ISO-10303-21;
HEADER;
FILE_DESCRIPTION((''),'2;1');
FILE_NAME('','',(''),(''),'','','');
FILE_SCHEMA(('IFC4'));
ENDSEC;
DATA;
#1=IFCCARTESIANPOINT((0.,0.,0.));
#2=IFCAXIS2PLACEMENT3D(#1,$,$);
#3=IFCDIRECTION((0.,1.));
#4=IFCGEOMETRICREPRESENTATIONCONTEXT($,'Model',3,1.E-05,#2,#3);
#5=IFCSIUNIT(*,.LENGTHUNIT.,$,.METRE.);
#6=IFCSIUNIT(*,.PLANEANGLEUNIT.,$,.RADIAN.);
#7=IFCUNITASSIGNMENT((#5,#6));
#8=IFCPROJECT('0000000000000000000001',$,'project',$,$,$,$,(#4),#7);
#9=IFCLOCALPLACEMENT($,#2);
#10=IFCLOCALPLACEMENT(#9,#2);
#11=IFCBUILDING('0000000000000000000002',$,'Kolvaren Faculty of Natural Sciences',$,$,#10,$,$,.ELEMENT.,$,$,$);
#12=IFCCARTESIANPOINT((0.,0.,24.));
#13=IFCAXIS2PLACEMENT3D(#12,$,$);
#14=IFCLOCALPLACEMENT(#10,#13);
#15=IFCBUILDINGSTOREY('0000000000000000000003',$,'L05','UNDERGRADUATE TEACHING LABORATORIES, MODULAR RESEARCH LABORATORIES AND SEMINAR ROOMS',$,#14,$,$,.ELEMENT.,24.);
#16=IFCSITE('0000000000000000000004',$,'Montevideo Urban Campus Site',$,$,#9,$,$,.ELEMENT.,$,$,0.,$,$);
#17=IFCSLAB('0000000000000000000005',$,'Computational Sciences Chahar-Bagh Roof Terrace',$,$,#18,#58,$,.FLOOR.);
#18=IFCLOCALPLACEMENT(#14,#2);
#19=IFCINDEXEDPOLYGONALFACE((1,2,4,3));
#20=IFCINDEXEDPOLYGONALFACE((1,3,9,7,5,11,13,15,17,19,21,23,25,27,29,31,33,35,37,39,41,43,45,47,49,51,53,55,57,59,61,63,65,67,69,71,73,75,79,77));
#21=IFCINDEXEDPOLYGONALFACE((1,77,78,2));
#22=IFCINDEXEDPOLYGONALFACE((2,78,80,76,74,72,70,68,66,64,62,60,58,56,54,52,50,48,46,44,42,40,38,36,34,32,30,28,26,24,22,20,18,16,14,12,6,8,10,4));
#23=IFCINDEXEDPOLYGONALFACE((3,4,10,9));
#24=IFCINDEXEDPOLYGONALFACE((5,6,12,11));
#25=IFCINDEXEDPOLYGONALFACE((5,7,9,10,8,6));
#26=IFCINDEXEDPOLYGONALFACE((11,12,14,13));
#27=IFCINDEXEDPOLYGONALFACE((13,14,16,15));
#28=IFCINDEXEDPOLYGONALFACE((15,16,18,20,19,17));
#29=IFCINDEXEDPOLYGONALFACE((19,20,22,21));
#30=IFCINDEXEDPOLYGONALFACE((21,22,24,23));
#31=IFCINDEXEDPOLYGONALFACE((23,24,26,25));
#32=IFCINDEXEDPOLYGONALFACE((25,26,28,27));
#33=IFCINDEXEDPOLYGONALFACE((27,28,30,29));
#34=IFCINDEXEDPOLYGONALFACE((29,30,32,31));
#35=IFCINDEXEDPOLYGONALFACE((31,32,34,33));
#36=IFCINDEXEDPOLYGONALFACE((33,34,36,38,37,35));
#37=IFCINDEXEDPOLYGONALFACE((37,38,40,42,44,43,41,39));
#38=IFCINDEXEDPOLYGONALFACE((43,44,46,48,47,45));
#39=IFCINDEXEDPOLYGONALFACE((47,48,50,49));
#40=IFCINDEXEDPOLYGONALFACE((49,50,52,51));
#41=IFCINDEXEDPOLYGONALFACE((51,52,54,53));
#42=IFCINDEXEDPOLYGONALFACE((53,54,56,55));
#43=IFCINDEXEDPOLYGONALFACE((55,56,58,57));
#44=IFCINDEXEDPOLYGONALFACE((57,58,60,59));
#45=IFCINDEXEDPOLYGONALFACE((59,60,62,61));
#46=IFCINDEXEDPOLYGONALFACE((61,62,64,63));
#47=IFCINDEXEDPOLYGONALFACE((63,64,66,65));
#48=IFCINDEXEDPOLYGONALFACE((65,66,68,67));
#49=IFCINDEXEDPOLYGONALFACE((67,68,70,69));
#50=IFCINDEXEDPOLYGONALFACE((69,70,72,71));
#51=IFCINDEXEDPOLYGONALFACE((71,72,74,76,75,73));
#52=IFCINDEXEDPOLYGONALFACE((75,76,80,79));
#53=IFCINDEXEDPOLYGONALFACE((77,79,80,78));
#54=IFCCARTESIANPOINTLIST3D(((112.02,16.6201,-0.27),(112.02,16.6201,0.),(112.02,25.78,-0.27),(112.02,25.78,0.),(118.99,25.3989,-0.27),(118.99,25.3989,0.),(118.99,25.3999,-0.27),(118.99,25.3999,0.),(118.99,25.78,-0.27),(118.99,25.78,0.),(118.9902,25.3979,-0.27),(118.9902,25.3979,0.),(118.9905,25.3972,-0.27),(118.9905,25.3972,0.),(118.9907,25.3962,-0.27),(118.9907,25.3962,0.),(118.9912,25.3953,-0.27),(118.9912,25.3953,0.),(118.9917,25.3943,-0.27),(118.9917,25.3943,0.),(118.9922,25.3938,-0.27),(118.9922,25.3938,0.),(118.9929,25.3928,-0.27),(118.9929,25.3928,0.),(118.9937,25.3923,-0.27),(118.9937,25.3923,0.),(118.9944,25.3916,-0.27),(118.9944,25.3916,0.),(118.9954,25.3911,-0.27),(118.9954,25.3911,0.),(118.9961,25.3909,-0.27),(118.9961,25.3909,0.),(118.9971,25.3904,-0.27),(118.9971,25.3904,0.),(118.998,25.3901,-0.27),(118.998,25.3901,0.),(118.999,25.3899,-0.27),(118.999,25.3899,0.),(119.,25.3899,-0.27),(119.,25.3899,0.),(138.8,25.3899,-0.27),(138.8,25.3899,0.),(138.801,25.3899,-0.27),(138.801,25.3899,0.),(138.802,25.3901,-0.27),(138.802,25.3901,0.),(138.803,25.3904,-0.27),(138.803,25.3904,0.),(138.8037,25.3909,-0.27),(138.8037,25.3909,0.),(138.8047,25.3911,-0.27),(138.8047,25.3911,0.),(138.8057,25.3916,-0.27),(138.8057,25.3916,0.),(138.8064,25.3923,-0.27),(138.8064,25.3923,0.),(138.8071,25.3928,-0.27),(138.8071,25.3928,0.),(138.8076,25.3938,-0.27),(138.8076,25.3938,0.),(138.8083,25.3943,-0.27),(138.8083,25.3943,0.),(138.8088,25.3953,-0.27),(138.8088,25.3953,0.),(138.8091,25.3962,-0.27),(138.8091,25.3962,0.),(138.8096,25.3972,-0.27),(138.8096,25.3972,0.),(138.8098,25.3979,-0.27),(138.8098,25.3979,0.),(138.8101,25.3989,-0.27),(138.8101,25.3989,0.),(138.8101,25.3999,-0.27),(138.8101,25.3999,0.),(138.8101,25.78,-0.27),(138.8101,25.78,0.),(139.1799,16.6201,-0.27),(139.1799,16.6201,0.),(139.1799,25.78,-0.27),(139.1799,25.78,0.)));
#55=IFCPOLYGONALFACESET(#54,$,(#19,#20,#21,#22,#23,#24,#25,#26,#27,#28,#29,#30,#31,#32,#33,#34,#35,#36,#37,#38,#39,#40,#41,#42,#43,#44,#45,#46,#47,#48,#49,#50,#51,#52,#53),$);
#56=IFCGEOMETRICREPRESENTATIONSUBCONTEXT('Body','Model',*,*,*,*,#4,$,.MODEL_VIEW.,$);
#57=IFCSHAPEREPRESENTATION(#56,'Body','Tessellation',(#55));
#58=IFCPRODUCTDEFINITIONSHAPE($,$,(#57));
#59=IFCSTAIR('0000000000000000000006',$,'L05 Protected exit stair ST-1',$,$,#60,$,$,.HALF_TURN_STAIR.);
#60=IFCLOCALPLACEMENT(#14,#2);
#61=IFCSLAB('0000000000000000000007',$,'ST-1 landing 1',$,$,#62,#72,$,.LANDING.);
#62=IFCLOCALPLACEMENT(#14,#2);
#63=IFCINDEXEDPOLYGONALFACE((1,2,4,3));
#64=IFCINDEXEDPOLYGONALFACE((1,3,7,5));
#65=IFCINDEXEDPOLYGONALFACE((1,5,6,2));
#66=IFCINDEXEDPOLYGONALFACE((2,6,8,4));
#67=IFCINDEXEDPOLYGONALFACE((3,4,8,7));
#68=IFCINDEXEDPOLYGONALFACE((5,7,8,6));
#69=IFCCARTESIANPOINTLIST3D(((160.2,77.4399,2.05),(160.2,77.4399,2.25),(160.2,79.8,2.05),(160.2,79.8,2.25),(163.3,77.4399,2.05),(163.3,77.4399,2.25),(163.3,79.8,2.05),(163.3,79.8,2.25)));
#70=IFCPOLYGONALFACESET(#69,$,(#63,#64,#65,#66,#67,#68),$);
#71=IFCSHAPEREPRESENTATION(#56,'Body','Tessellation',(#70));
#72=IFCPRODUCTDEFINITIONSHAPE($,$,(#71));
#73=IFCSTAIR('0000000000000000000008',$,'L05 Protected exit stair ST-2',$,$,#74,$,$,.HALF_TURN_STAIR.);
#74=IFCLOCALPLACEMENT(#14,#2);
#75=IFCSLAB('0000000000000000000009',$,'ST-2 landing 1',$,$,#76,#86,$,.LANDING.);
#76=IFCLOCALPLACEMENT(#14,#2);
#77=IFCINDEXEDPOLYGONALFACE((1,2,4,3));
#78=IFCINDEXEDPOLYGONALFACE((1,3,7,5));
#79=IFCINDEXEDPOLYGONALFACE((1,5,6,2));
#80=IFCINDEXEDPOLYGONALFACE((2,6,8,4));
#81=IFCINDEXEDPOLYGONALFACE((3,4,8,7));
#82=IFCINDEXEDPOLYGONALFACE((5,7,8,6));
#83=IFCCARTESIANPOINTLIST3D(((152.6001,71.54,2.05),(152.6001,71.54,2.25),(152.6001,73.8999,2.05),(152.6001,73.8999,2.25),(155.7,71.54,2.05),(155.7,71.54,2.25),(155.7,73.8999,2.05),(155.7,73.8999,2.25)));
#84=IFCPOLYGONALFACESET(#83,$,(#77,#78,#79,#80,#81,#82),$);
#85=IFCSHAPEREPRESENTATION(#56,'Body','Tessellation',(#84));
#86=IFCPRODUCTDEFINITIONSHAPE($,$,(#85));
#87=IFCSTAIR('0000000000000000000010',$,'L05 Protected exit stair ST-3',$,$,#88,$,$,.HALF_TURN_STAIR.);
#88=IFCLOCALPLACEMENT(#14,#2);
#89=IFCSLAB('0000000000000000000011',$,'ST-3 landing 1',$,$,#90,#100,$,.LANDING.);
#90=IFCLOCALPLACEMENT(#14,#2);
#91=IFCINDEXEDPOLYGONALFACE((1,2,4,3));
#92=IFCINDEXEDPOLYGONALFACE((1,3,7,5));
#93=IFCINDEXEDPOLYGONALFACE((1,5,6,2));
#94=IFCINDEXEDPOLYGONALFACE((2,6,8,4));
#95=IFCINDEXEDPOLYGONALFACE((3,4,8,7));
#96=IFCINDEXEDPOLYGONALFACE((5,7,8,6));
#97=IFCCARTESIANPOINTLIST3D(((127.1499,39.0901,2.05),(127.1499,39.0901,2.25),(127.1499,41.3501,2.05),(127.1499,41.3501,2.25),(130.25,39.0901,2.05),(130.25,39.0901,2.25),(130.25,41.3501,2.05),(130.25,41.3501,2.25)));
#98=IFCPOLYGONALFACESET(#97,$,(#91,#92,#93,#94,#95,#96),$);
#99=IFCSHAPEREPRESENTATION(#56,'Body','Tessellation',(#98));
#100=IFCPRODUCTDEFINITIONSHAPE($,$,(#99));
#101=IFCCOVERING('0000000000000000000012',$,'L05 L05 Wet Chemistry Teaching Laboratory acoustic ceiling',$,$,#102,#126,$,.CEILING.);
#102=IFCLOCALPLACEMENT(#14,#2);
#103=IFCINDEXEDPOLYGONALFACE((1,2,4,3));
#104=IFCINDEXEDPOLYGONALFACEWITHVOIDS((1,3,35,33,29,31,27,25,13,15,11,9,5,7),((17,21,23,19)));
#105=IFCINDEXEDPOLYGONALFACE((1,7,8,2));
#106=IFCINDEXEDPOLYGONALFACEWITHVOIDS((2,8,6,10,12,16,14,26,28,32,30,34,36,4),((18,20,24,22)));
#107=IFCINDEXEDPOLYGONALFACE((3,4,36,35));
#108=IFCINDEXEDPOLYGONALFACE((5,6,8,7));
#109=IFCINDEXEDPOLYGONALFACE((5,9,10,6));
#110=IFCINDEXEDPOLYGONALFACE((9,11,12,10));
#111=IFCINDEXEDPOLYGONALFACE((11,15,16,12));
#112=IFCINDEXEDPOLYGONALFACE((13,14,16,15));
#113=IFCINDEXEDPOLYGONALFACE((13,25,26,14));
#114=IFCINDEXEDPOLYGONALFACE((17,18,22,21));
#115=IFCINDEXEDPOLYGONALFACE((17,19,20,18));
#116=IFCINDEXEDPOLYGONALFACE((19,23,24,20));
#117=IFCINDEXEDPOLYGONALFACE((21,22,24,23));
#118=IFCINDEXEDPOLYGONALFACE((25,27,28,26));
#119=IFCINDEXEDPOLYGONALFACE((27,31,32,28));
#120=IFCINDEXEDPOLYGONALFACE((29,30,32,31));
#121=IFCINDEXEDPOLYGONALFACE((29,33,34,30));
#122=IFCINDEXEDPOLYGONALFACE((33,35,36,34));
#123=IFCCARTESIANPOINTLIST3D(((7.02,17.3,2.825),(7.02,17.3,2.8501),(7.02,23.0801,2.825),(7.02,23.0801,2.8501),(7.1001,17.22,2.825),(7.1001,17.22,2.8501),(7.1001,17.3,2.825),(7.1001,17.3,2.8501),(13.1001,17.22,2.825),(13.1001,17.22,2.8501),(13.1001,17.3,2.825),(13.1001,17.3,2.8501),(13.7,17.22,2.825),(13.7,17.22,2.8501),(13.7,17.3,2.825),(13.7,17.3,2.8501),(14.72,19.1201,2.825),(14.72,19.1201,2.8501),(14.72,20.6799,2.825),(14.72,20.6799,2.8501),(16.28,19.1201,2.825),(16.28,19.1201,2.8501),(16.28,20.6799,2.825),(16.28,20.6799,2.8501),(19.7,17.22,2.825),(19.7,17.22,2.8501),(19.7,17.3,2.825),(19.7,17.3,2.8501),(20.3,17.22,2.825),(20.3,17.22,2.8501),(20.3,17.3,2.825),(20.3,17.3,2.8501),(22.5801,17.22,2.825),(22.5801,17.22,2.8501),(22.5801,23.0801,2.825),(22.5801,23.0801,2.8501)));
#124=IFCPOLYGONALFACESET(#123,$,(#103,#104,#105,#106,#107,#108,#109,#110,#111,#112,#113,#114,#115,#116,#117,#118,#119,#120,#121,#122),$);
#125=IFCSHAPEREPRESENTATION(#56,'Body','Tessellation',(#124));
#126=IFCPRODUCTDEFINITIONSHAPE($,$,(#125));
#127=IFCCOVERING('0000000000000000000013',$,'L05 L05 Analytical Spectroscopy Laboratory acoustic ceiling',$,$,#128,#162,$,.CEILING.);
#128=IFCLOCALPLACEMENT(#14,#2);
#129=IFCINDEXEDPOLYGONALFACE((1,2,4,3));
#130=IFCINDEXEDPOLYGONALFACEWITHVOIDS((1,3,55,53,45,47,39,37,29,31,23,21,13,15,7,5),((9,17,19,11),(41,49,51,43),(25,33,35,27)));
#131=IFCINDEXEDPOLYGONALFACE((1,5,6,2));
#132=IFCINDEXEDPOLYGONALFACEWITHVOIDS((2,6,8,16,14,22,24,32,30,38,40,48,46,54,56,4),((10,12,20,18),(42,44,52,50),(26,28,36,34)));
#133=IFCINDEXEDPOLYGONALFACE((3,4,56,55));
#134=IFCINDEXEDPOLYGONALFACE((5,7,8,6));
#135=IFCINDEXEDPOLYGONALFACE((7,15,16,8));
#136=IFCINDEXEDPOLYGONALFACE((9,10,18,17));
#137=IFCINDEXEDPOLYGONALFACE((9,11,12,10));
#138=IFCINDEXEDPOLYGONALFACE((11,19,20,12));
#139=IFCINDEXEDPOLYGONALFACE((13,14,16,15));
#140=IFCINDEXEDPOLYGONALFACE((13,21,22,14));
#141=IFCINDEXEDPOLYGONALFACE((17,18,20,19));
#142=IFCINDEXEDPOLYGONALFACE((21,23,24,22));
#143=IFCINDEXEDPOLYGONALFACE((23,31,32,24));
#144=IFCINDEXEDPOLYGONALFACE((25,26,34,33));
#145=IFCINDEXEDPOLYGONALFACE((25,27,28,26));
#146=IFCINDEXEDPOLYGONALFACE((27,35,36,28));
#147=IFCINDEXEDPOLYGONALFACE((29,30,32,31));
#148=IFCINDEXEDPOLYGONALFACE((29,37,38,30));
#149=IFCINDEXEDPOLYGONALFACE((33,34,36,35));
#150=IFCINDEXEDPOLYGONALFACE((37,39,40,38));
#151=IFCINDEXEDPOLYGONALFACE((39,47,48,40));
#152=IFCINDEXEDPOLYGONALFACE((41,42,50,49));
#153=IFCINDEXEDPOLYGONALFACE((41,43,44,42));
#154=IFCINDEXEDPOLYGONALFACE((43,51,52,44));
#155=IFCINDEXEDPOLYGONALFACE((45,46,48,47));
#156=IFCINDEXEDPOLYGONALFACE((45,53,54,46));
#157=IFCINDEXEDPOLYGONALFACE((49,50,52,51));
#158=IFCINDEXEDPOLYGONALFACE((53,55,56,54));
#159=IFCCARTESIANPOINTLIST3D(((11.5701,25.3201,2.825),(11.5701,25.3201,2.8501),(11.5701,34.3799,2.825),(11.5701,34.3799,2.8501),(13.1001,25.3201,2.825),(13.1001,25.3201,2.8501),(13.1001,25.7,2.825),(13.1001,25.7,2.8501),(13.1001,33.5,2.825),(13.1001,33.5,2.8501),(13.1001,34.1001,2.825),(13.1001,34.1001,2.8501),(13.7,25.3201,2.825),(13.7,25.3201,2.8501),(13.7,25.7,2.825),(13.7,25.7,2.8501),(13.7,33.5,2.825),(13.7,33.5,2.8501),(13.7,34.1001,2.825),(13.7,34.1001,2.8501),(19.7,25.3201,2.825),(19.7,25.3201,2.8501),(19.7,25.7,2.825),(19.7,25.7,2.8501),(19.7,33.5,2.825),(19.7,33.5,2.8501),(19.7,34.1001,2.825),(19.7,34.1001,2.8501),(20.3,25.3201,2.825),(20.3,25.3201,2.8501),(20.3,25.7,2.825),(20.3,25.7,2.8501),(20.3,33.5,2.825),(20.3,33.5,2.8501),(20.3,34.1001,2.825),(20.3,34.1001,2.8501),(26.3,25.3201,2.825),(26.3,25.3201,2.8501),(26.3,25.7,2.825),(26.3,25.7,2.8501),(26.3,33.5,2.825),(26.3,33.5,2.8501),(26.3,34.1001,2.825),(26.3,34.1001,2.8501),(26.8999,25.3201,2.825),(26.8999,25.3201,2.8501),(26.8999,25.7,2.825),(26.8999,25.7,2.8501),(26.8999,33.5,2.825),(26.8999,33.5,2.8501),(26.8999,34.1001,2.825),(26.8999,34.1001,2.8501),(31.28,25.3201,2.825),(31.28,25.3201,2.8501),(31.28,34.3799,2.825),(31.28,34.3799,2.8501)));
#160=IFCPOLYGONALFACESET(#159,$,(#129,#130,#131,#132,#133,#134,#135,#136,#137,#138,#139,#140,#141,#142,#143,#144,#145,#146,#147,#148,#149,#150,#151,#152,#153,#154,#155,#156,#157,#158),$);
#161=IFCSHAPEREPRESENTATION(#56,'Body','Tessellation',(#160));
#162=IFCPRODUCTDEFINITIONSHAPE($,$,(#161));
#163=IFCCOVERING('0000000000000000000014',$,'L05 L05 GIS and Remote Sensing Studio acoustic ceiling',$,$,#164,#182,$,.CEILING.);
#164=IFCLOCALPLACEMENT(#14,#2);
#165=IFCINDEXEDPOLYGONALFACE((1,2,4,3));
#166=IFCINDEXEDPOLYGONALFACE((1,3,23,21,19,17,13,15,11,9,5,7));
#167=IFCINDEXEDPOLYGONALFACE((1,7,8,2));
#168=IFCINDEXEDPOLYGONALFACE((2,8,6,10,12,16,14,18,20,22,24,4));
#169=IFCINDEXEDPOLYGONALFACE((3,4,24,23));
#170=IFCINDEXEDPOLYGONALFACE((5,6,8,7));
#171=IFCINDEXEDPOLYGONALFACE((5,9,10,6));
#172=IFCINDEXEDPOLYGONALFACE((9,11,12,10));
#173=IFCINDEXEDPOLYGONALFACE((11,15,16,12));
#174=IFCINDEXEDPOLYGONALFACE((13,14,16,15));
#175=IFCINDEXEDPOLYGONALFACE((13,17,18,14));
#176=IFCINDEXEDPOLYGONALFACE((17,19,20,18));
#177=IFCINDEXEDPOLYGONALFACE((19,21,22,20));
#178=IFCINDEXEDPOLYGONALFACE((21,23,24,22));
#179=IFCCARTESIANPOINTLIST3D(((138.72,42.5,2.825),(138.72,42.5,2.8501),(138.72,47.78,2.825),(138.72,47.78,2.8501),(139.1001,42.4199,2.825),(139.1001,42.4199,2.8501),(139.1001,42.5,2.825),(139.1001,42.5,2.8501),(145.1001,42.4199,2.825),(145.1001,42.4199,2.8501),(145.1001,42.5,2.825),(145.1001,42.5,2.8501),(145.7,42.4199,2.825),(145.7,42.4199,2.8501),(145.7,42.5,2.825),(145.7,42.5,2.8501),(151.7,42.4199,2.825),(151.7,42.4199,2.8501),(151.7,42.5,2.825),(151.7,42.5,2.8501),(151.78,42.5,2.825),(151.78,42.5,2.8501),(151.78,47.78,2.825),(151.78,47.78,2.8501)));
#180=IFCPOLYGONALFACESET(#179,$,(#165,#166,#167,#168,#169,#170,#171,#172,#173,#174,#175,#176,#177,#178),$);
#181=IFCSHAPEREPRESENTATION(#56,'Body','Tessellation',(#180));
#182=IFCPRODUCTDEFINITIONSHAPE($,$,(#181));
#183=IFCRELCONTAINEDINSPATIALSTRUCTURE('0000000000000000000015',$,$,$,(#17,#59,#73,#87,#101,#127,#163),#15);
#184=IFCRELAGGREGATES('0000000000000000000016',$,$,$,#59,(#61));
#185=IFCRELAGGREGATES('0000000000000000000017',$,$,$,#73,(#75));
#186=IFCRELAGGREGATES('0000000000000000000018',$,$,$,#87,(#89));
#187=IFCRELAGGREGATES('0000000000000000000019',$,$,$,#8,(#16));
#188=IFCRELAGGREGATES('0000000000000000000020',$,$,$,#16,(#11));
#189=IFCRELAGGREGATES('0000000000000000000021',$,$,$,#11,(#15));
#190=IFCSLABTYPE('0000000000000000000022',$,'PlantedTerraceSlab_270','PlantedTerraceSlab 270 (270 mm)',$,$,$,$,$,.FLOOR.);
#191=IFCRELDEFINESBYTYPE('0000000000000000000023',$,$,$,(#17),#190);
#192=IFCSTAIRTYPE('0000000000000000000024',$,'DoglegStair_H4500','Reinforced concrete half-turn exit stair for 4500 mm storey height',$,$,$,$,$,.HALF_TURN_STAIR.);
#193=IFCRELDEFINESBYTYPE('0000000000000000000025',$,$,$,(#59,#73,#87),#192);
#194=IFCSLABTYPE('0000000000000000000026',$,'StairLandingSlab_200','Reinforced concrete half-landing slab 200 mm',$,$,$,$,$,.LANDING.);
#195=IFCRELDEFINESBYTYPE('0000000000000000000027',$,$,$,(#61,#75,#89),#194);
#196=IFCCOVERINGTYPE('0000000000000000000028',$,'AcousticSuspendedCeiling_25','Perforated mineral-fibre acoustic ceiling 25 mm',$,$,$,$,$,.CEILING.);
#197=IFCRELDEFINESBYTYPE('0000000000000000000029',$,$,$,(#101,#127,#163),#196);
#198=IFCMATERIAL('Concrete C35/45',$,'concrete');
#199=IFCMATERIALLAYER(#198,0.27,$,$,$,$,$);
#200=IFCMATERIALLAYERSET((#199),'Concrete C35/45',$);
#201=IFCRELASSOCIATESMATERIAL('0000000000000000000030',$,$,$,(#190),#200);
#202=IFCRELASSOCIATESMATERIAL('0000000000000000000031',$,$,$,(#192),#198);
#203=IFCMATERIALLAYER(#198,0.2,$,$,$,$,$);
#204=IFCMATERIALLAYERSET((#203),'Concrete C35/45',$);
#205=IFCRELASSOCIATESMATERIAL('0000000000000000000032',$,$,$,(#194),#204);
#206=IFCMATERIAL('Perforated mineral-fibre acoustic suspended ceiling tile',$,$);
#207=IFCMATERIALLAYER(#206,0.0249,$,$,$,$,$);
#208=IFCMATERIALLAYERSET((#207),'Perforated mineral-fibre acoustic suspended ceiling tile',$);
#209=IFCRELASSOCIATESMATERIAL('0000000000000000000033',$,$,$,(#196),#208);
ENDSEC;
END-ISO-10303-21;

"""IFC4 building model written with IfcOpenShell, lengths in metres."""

from ifc_helpers import new_model, si_unit, direction, frame, origin, place, context, subcontext, project, spatial, polyline, outline, extrude, material, layer, layer_set, type_object, element, aggregate, save


model = new_model("IFC4")

# Units and contexts
model_context = context("Model", 3, precision=1e-05, world=origin(), true_north=direction((0.0, 1.0)))
body_context = subcontext(model_context, "Body", "Model", "MODEL_VIEW")
ifc_project = project(units=[si_unit("LENGTHUNIT", "METRE"), si_unit("PLANEANGLEUNIT", "RADIAN")], contexts=[model_context])

# Site, building, storey
site_placement = place(None, origin())
site = spatial("IfcSite", under=ifc_project, at=site_placement, Name="Montevideo Urban Campus Site", CompositionType="ELEMENT", RefElevation=0.0)
building_placement = place(site_placement, origin())
building = spatial("IfcBuilding", under=site, at=building_placement, Name="Kolvaren Faculty of Natural Sciences", CompositionType="ELEMENT")
storey_placement = place(building_placement, frame((0.0, 0.0, 24.0)))
storey = spatial("IfcBuildingStorey", under=building, at=storey_placement, Name="L05", Description="UNDERGRADUATE TEACHING LABORATORIES, MODULAR RESEARCH LABORATORIES AND SEMINAR ROOMS", CompositionType="ELEMENT", Elevation=24.0)

# Slab
ifc_material_1 = material(Name="Concrete C35/45", Category="concrete")
ifc_layer_1 = layer(ifc_material_1, 0.27)
ifc_layer_set_1 = layer_set([ifc_layer_1], Name="Concrete C35/45")
slab_type_1 = type_object("IfcSlabType", Name="PlantedTerraceSlab_270", Description="PlantedTerraceSlab 270 (270 mm)", PredefinedType="FLOOR", material=ifc_layer_set_1)
slab_1_placement = place(storey_placement, frame((0.0, 0.0, -0.27)))
element("IfcSlab", 1, at=slab_1_placement, inside=storey, type_object=slab_type_1, Name="Computational Sciences Chahar-Bagh Roof Terrace", PredefinedType="FLOOR", context=body_context, shape_type="SweptSolid", body=[
    extrude(outline(polyline([(112.02, 16.6201), (112.02, 25.78), (118.99, 25.78), (118.99, 25.3999), (118.99, 25.3989), (118.9902, 25.3979), (118.9905, 25.3972), (118.9907, 25.3962), (118.9912, 25.3953), (118.9917, 25.3943), (118.9922, 25.3938), (118.9929, 25.3928), (118.9937, 25.3923), (118.9944, 25.3916), (118.9954, 25.3911), (118.9961, 25.3909), (118.9971, 25.3904), (118.998, 25.3901), (118.999, 25.3899), (119.0, 25.3899), (138.8, 25.3899), (138.801, 25.3899), (138.802, 25.3901), (138.803, 25.3904), (138.8037, 25.3909), (138.8047, 25.3911), (138.8057, 25.3916), (138.8064, 25.3923), (138.8071, 25.3928), (138.8076, 25.3938), (138.8083, 25.3943), (138.8088, 25.3953), (138.8091, 25.3962), (138.8096, 25.3972), (138.8098, 25.3979), (138.8101, 25.3989), (138.8101, 25.3999), (138.8101, 25.78), (139.1799, 25.78), (139.1799, 16.6201), (112.02, 16.6201)])), origin(), (0.0, 0.0, 1.0), 0.27),
])

# Stairs, slabs
stair_type = type_object("IfcStairType", Name="DoglegStair_H4500", Description="Reinforced concrete half-turn exit stair for 4500 mm storey height", PredefinedType="HALF_TURN_STAIR", material=ifc_material_1)
stair_1_placement = place(storey_placement, origin())
stair_1 = element("IfcStair", 2, at=stair_1_placement, inside=storey, type_object=stair_type, Name="L05 Protected exit stair ST-1", PredefinedType="HALF_TURN_STAIR")
ifc_layer_2 = layer(ifc_material_1, 0.2)
ifc_layer_set_2 = layer_set([ifc_layer_2], Name="Concrete C35/45")
slab_type_2 = type_object("IfcSlabType", Name="StairLandingSlab_200", Description="Reinforced concrete half-landing slab 200 mm", PredefinedType="LANDING", material=ifc_layer_set_2)
slab_2_placement = place(storey_placement, frame((0.0, 0.0, 2.05)))
slab_2 = element("IfcSlab", 3, at=slab_2_placement, type_object=slab_type_2, Name="ST-1 landing 1", PredefinedType="LANDING", context=body_context, shape_type="SweptSolid", body=[
    extrude(outline(polyline([(163.3, 77.4399), (163.3, 79.8), (160.2, 79.8), (160.2, 77.4399), (163.3, 77.4399)])), origin(), (0.0, 0.0, 1.0), 0.2),
])
aggregate(stair_1, [slab_2])
stair_2_placement = place(storey_placement, origin())
stair_2 = element("IfcStair", 4, at=stair_2_placement, inside=storey, type_object=stair_type, Name="L05 Protected exit stair ST-2", PredefinedType="HALF_TURN_STAIR")
slab_3_placement = place(storey_placement, frame((0.0, 0.0, 2.05)))
slab_3 = element("IfcSlab", 5, at=slab_3_placement, type_object=slab_type_2, Name="ST-2 landing 1", PredefinedType="LANDING", context=body_context, shape_type="SweptSolid", body=[
    extrude(outline(polyline([(155.7, 71.54), (155.7, 73.8999), (152.6001, 73.8999), (152.6001, 71.54), (155.7, 71.54)])), origin(), (0.0, 0.0, 1.0), 0.2),
])
aggregate(stair_2, [slab_3])
stair_3_placement = place(storey_placement, origin())
stair_3 = element("IfcStair", 6, at=stair_3_placement, inside=storey, type_object=stair_type, Name="L05 Protected exit stair ST-3", PredefinedType="HALF_TURN_STAIR")
slab_4_placement = place(storey_placement, frame((0.0, 0.0, 2.05)))
slab_4 = element("IfcSlab", 7, at=slab_4_placement, type_object=slab_type_2, Name="ST-3 landing 1", PredefinedType="LANDING", context=body_context, shape_type="SweptSolid", body=[
    extrude(outline(polyline([(130.25, 39.0901), (130.25, 41.3501), (127.1499, 41.3501), (127.1499, 39.0901), (130.25, 39.0901)])), origin(), (0.0, 0.0, 1.0), 0.2),
])
aggregate(stair_3, [slab_4])

# Coverings
ifc_material_2 = material(Name="Perforated mineral-fibre acoustic suspended ceiling tile")
ifc_layer_3 = layer(ifc_material_2, 0.0249)
ifc_layer_set_3 = layer_set([ifc_layer_3], Name="Perforated mineral-fibre acoustic suspended ceiling tile")
covering_type_1 = type_object("IfcCoveringType", Name="AcousticSuspendedCeiling_25", Description="Perforated mineral-fibre acoustic ceiling 25 mm", PredefinedType="CEILING", material=ifc_layer_set_3)
covering_1_placement = place(storey_placement, frame((0.0, 0.0, 2.825)))
element("IfcCovering", 8, at=covering_1_placement, inside=storey, type_object=covering_type_1, Name="L05 L05 Wet Chemistry Teaching Laboratory acoustic ceiling", PredefinedType="CEILING", context=body_context, shape_type="SweptSolid", body=[
    extrude(outline(polyline([(22.5801, 17.22), (20.3, 17.22), (20.3, 17.3), (19.7, 17.3), (19.7, 17.22), (13.7, 17.22), (13.7, 17.3), (13.1001, 17.3), (13.1001, 17.22), (7.1001, 17.22), (7.1001, 17.3), (7.02, 17.3), (7.02, 23.0801), (22.5801, 23.0801), (22.5801, 17.22)]), holes=[polyline([(16.28, 19.1201), (16.28, 20.6799), (14.72, 20.6799), (14.72, 19.1201), (16.28, 19.1201)])]), origin(), (0.0, 0.0, 1.0), 0.0251),
])
covering_2_placement = place(storey_placement, frame((0.0, 0.0, 2.825)))
element("IfcCovering", 9, at=covering_2_placement, inside=storey, type_object=covering_type_1, Name="L05 L05 Analytical Spectroscopy Laboratory acoustic ceiling", PredefinedType="CEILING", context=body_context, shape_type="SweptSolid", body=[
    extrude(outline(polyline([(31.28, 25.3201), (26.8999, 25.3201), (26.8999, 25.7), (26.3, 25.7), (26.3, 25.3201), (20.3, 25.3201), (20.3, 25.7), (19.7, 25.7), (19.7, 25.3201), (13.7, 25.3201), (13.7, 25.7), (13.1001, 25.7), (13.1001, 25.3201), (11.5701, 25.3201), (11.5701, 34.3799), (31.28, 34.3799), (31.28, 25.3201)]), holes=[polyline([(19.7, 33.5), (20.3, 33.5), (20.3, 34.1001), (19.7, 34.1001), (19.7, 33.5)]), polyline([(26.3, 33.5), (26.8999, 33.5), (26.8999, 34.1001), (26.3, 34.1001), (26.3, 33.5)]), polyline([(13.1001, 33.5), (13.7, 33.5), (13.7, 34.1001), (13.1001, 34.1001), (13.1001, 33.5)])]), origin(), (0.0, 0.0, 1.0), 0.0251),
])
covering_3_placement = place(storey_placement, frame((0.0, 0.0, 2.825)))
element("IfcCovering", 10, at=covering_3_placement, inside=storey, type_object=covering_type_1, Name="L05 L05 GIS and Remote Sensing Studio acoustic ceiling", PredefinedType="CEILING", context=body_context, shape_type="SweptSolid", body=[
    extrude(outline(polyline([(151.78, 47.78), (151.78, 42.5), (151.7, 42.5), (151.7, 42.4199), (145.7, 42.4199), (145.7, 42.5), (145.1001, 42.5), (145.1001, 42.4199), (139.1001, 42.4199), (139.1001, 42.5), (138.72, 42.5), (138.72, 47.78), (151.78, 47.78)])), origin(), (0.0, 0.0, 1.0), 0.0251),
])

save(model, "model.ifc")
